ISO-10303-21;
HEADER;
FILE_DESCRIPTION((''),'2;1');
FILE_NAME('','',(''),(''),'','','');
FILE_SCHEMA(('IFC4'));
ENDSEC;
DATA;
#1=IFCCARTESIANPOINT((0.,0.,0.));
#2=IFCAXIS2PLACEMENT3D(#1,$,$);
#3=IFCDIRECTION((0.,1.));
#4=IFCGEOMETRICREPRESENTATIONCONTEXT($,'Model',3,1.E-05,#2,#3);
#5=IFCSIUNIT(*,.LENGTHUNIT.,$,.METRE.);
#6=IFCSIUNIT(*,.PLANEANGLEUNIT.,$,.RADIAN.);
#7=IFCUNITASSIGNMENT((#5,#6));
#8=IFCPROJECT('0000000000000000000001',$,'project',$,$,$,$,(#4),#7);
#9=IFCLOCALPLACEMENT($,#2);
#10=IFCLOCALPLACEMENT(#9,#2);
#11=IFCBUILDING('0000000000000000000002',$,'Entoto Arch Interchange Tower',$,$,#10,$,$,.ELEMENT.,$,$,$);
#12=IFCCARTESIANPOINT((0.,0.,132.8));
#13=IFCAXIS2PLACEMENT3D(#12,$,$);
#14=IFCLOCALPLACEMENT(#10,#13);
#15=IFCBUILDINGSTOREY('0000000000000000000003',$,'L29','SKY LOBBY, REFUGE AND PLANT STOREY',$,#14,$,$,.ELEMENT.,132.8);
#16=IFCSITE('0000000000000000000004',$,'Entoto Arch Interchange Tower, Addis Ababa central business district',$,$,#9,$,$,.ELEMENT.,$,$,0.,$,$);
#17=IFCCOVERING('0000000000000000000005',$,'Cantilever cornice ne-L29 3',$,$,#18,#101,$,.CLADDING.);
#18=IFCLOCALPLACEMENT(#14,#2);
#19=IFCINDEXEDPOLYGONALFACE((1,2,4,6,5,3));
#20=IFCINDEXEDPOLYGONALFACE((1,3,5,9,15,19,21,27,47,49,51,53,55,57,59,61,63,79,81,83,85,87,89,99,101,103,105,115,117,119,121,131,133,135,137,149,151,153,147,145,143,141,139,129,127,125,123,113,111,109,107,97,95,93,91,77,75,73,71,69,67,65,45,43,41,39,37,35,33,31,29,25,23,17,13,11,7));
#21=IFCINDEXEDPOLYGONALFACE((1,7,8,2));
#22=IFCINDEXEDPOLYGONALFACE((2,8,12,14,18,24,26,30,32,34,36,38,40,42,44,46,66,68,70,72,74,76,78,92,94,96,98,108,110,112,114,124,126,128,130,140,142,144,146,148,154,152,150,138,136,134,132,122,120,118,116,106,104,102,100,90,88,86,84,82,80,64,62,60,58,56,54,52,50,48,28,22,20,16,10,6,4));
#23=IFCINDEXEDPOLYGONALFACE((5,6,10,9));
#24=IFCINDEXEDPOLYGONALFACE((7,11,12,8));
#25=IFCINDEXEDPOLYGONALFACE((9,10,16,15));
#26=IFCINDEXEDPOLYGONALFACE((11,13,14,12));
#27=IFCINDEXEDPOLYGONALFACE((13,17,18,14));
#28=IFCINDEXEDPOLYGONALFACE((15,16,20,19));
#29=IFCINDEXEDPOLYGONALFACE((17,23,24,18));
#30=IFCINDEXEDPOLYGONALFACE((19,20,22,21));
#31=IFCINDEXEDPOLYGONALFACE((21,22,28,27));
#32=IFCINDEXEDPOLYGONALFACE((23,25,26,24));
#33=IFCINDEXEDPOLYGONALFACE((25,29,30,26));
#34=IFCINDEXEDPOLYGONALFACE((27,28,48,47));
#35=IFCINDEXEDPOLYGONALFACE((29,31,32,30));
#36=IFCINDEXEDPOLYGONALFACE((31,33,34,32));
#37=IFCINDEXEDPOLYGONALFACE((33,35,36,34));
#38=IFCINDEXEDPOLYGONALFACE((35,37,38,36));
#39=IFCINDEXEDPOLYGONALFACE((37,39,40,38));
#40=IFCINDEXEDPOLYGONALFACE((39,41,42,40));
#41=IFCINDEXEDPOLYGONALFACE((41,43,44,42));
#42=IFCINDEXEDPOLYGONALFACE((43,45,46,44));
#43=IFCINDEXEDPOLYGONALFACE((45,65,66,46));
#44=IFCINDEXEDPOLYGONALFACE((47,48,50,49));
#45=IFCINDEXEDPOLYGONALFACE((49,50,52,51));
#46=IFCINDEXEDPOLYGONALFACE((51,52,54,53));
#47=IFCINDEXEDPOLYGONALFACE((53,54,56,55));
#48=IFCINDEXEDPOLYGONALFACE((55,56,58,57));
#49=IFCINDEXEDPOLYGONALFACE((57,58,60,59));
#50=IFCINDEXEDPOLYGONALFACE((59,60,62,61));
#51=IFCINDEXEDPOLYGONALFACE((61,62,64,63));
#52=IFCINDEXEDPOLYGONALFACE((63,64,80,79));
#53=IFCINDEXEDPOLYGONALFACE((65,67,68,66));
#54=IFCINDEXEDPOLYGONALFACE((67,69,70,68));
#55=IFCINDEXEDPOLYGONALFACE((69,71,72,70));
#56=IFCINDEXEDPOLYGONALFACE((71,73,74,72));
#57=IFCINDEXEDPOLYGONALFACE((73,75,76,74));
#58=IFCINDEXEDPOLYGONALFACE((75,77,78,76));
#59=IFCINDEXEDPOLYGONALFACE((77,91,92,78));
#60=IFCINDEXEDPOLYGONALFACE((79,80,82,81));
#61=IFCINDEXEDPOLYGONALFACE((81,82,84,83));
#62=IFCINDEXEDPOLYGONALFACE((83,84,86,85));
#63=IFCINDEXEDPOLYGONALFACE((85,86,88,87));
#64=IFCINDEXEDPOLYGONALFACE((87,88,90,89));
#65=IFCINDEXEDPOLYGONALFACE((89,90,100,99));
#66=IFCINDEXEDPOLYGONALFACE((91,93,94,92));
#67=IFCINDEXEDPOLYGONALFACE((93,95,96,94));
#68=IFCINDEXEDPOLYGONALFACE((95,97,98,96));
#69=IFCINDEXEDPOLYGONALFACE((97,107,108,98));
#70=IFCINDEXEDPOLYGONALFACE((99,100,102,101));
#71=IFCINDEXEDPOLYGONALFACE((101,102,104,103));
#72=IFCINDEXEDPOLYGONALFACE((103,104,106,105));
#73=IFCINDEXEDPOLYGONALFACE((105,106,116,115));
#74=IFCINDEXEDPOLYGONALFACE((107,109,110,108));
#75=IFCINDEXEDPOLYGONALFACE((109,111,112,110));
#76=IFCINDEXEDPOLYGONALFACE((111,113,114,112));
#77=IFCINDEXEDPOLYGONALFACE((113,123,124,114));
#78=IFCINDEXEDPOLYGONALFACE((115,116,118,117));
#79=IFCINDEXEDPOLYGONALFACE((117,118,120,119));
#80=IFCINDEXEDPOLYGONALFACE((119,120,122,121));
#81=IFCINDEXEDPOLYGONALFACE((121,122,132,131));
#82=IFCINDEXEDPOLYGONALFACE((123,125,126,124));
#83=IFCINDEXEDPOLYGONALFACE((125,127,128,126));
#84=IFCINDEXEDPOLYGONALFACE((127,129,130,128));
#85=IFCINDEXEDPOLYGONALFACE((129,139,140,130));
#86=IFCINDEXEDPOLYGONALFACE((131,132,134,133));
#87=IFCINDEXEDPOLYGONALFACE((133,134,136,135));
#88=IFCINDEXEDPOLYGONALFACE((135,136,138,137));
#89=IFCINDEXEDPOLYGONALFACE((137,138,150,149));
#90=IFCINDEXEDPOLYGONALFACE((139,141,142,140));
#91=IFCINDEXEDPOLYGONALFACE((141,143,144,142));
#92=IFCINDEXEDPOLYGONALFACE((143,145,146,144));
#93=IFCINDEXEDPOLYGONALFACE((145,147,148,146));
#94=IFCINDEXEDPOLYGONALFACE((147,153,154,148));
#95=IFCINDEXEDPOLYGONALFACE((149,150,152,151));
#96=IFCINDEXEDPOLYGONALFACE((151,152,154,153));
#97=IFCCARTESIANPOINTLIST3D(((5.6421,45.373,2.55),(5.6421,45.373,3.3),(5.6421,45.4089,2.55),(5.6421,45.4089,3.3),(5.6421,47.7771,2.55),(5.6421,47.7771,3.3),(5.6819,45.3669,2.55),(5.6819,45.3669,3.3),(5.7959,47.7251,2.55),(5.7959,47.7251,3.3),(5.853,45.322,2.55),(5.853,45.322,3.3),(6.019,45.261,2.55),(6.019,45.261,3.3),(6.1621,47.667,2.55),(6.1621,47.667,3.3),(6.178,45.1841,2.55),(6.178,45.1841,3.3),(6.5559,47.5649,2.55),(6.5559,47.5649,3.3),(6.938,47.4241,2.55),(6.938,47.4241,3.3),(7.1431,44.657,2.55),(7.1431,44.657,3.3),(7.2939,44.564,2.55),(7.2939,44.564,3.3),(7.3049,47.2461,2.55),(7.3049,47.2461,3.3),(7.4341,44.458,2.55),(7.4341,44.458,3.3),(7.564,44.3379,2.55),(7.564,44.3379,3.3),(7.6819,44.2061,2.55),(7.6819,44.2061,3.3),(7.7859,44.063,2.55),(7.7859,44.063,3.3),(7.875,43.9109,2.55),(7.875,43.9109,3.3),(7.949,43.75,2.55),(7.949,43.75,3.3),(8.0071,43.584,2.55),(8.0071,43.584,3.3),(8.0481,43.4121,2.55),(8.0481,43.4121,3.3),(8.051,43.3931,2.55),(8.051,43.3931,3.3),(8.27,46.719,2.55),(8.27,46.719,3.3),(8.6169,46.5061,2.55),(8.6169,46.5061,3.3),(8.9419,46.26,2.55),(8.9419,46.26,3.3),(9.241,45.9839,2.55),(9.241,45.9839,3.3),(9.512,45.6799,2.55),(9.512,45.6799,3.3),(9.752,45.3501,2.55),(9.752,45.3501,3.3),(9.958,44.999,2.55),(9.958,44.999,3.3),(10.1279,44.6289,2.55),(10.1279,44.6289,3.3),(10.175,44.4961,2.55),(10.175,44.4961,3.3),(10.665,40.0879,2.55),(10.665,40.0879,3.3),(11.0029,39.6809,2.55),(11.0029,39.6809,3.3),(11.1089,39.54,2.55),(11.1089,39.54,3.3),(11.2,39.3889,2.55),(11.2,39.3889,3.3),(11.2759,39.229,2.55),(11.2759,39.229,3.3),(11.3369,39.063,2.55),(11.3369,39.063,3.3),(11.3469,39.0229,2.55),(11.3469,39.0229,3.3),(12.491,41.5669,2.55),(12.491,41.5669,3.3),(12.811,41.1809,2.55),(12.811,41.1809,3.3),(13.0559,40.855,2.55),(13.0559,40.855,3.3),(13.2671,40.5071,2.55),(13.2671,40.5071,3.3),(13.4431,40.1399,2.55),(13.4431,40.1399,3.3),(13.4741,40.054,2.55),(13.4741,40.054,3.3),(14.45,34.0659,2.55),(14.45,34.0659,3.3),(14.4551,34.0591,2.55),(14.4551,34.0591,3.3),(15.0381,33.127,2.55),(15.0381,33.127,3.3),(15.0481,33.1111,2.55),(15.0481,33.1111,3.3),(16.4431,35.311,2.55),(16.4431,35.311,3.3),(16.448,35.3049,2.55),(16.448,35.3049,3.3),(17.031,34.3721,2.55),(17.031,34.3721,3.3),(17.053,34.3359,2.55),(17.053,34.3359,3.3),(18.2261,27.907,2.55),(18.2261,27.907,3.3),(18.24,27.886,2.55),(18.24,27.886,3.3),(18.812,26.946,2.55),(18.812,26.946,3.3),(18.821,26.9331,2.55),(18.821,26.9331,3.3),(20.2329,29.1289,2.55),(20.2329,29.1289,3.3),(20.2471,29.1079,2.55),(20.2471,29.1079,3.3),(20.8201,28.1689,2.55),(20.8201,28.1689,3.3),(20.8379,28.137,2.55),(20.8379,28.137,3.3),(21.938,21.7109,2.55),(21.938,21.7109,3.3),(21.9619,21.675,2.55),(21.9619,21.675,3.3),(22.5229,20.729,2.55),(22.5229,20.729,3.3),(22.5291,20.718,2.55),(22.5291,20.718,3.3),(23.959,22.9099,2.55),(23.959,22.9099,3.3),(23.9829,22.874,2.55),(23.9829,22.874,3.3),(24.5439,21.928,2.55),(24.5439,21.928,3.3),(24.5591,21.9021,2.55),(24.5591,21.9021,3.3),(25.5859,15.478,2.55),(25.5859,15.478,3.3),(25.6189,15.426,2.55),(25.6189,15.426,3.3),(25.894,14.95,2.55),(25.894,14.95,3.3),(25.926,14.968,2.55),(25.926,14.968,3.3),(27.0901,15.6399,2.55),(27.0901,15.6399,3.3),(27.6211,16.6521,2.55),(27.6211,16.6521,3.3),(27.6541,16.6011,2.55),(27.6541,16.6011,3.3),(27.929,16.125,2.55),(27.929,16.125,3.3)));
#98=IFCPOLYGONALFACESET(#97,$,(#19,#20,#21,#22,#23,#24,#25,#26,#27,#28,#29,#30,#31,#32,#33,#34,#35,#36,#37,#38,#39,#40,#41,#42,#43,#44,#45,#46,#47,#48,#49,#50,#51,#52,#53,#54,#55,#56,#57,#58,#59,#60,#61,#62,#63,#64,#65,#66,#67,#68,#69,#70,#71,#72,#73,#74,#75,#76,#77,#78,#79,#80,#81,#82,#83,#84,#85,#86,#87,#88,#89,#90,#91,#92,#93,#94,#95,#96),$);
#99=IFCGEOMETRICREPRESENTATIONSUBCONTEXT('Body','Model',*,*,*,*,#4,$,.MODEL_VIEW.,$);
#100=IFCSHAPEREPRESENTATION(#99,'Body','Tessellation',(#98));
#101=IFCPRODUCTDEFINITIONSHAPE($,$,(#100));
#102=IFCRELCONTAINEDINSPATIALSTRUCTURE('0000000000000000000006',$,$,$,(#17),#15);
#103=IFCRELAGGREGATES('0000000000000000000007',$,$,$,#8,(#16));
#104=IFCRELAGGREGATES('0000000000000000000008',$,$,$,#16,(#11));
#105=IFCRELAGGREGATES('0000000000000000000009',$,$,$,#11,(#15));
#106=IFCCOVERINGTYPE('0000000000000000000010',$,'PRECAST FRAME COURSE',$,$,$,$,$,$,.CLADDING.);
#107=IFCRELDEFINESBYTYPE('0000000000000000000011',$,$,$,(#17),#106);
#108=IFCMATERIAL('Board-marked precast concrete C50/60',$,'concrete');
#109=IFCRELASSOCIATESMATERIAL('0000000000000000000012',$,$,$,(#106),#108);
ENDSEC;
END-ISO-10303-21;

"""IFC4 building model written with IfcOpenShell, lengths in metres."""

from ifc_helpers import new_model, si_unit, direction, frame, origin, place, context, subcontext, project, spatial, polyline, outline, extrude, material, type_object, element, save


model = new_model("IFC4")

# Units and contexts
model_context = context("Model", 3, precision=1e-05, world=origin(), true_north=direction((0.0, 1.0)))
body_context = subcontext(model_context, "Body", "Model", "MODEL_VIEW")
ifc_project = project(units=[si_unit("LENGTHUNIT", "METRE"), si_unit("PLANEANGLEUNIT", "RADIAN")], contexts=[model_context])

# Site, building, storey
site_placement = place(None, origin())
site = spatial("IfcSite", under=ifc_project, at=site_placement, Name="Entoto Arch Interchange Tower, Addis Ababa central business district", CompositionType="ELEMENT", RefElevation=0.0)
building_placement = place(site_placement, origin())
building = spatial("IfcBuilding", under=site, at=building_placement, Name="Entoto Arch Interchange Tower", CompositionType="ELEMENT")
storey_placement = place(building_placement, frame((0.0, 0.0, 132.8)))
storey = spatial("IfcBuildingStorey", under=building, at=storey_placement, Name="L29", Description="SKY LOBBY, REFUGE AND PLANT STOREY", CompositionType="ELEMENT", Elevation=132.8)

# Covering
ifc_material_1 = material(Name="Board-marked precast concrete C50/60", Category="concrete")
covering_type_1 = type_object("IfcCoveringType", Name="PRECAST FRAME COURSE", PredefinedType="CLADDING", material=ifc_material_1)
covering_1_placement = place(storey_placement, frame((0.0, 0.0, 2.55)))
element("IfcCovering", 1, at=covering_1_placement, inside=storey, type_object=covering_type_1, Name="Cantilever cornice ne-L29 3", PredefinedType="CLADDING", context=body_context, shape_type="SweptSolid", body=[
    extrude(outline(polyline([(27.0901, 15.6399), (25.926, 14.968), (25.894, 14.95), (25.6189, 15.426), (25.5859, 15.478), (22.5291, 20.718), (22.5229, 20.729), (21.9619, 21.675), (21.938, 21.7109), (18.821, 26.9331), (18.812, 26.946), (18.24, 27.886), (18.2261, 27.907), (15.0481, 33.1111), (15.0381, 33.127), (14.4551, 34.0591), (14.45, 34.0659), (11.3469, 39.0229), (11.3369, 39.063), (11.2759, 39.229), (11.2, 39.3889), (11.1089, 39.54), (11.0029, 39.6809), (10.665, 40.0879), (8.051, 43.3931), (8.0481, 43.4121), (8.0071, 43.584), (7.949, 43.75), (7.875, 43.9109), (7.7859, 44.063), (7.6819, 44.2061), (7.564, 44.3379), (7.4341, 44.458), (7.2939, 44.564), (7.1431, 44.657), (6.178, 45.1841), (6.019, 45.261), (5.853, 45.322), (5.6819, 45.3669), (5.6421, 45.373), (5.6421, 45.4089), (5.6421, 47.7771), (5.7959, 47.7251), (6.1621, 47.667), (6.5559, 47.5649), (6.938, 47.4241), (7.3049, 47.2461), (8.27, 46.719), (8.6169, 46.5061), (8.9419, 46.26), (9.241, 45.9839), (9.512, 45.6799), (9.752, 45.3501), (9.958, 44.999), (10.1279, 44.6289), (10.175, 44.4961), (12.491, 41.5669), (12.811, 41.1809), (13.0559, 40.855), (13.2671, 40.5071), (13.4431, 40.1399), (13.4741, 40.054), (16.4431, 35.311), (16.448, 35.3049), (17.031, 34.3721), (17.053, 34.3359), (20.2329, 29.1289), (20.2471, 29.1079), (20.8201, 28.1689), (20.8379, 28.137), (23.959, 22.9099), (23.9829, 22.874), (24.5439, 21.928), (24.5591, 21.9021), (27.6211, 16.6521), (27.6541, 16.6011), (27.929, 16.125), (27.0901, 15.6399)])), origin(), (0.0, 0.0, 1.0), 0.75),
])

save(model, "model.ifc")
